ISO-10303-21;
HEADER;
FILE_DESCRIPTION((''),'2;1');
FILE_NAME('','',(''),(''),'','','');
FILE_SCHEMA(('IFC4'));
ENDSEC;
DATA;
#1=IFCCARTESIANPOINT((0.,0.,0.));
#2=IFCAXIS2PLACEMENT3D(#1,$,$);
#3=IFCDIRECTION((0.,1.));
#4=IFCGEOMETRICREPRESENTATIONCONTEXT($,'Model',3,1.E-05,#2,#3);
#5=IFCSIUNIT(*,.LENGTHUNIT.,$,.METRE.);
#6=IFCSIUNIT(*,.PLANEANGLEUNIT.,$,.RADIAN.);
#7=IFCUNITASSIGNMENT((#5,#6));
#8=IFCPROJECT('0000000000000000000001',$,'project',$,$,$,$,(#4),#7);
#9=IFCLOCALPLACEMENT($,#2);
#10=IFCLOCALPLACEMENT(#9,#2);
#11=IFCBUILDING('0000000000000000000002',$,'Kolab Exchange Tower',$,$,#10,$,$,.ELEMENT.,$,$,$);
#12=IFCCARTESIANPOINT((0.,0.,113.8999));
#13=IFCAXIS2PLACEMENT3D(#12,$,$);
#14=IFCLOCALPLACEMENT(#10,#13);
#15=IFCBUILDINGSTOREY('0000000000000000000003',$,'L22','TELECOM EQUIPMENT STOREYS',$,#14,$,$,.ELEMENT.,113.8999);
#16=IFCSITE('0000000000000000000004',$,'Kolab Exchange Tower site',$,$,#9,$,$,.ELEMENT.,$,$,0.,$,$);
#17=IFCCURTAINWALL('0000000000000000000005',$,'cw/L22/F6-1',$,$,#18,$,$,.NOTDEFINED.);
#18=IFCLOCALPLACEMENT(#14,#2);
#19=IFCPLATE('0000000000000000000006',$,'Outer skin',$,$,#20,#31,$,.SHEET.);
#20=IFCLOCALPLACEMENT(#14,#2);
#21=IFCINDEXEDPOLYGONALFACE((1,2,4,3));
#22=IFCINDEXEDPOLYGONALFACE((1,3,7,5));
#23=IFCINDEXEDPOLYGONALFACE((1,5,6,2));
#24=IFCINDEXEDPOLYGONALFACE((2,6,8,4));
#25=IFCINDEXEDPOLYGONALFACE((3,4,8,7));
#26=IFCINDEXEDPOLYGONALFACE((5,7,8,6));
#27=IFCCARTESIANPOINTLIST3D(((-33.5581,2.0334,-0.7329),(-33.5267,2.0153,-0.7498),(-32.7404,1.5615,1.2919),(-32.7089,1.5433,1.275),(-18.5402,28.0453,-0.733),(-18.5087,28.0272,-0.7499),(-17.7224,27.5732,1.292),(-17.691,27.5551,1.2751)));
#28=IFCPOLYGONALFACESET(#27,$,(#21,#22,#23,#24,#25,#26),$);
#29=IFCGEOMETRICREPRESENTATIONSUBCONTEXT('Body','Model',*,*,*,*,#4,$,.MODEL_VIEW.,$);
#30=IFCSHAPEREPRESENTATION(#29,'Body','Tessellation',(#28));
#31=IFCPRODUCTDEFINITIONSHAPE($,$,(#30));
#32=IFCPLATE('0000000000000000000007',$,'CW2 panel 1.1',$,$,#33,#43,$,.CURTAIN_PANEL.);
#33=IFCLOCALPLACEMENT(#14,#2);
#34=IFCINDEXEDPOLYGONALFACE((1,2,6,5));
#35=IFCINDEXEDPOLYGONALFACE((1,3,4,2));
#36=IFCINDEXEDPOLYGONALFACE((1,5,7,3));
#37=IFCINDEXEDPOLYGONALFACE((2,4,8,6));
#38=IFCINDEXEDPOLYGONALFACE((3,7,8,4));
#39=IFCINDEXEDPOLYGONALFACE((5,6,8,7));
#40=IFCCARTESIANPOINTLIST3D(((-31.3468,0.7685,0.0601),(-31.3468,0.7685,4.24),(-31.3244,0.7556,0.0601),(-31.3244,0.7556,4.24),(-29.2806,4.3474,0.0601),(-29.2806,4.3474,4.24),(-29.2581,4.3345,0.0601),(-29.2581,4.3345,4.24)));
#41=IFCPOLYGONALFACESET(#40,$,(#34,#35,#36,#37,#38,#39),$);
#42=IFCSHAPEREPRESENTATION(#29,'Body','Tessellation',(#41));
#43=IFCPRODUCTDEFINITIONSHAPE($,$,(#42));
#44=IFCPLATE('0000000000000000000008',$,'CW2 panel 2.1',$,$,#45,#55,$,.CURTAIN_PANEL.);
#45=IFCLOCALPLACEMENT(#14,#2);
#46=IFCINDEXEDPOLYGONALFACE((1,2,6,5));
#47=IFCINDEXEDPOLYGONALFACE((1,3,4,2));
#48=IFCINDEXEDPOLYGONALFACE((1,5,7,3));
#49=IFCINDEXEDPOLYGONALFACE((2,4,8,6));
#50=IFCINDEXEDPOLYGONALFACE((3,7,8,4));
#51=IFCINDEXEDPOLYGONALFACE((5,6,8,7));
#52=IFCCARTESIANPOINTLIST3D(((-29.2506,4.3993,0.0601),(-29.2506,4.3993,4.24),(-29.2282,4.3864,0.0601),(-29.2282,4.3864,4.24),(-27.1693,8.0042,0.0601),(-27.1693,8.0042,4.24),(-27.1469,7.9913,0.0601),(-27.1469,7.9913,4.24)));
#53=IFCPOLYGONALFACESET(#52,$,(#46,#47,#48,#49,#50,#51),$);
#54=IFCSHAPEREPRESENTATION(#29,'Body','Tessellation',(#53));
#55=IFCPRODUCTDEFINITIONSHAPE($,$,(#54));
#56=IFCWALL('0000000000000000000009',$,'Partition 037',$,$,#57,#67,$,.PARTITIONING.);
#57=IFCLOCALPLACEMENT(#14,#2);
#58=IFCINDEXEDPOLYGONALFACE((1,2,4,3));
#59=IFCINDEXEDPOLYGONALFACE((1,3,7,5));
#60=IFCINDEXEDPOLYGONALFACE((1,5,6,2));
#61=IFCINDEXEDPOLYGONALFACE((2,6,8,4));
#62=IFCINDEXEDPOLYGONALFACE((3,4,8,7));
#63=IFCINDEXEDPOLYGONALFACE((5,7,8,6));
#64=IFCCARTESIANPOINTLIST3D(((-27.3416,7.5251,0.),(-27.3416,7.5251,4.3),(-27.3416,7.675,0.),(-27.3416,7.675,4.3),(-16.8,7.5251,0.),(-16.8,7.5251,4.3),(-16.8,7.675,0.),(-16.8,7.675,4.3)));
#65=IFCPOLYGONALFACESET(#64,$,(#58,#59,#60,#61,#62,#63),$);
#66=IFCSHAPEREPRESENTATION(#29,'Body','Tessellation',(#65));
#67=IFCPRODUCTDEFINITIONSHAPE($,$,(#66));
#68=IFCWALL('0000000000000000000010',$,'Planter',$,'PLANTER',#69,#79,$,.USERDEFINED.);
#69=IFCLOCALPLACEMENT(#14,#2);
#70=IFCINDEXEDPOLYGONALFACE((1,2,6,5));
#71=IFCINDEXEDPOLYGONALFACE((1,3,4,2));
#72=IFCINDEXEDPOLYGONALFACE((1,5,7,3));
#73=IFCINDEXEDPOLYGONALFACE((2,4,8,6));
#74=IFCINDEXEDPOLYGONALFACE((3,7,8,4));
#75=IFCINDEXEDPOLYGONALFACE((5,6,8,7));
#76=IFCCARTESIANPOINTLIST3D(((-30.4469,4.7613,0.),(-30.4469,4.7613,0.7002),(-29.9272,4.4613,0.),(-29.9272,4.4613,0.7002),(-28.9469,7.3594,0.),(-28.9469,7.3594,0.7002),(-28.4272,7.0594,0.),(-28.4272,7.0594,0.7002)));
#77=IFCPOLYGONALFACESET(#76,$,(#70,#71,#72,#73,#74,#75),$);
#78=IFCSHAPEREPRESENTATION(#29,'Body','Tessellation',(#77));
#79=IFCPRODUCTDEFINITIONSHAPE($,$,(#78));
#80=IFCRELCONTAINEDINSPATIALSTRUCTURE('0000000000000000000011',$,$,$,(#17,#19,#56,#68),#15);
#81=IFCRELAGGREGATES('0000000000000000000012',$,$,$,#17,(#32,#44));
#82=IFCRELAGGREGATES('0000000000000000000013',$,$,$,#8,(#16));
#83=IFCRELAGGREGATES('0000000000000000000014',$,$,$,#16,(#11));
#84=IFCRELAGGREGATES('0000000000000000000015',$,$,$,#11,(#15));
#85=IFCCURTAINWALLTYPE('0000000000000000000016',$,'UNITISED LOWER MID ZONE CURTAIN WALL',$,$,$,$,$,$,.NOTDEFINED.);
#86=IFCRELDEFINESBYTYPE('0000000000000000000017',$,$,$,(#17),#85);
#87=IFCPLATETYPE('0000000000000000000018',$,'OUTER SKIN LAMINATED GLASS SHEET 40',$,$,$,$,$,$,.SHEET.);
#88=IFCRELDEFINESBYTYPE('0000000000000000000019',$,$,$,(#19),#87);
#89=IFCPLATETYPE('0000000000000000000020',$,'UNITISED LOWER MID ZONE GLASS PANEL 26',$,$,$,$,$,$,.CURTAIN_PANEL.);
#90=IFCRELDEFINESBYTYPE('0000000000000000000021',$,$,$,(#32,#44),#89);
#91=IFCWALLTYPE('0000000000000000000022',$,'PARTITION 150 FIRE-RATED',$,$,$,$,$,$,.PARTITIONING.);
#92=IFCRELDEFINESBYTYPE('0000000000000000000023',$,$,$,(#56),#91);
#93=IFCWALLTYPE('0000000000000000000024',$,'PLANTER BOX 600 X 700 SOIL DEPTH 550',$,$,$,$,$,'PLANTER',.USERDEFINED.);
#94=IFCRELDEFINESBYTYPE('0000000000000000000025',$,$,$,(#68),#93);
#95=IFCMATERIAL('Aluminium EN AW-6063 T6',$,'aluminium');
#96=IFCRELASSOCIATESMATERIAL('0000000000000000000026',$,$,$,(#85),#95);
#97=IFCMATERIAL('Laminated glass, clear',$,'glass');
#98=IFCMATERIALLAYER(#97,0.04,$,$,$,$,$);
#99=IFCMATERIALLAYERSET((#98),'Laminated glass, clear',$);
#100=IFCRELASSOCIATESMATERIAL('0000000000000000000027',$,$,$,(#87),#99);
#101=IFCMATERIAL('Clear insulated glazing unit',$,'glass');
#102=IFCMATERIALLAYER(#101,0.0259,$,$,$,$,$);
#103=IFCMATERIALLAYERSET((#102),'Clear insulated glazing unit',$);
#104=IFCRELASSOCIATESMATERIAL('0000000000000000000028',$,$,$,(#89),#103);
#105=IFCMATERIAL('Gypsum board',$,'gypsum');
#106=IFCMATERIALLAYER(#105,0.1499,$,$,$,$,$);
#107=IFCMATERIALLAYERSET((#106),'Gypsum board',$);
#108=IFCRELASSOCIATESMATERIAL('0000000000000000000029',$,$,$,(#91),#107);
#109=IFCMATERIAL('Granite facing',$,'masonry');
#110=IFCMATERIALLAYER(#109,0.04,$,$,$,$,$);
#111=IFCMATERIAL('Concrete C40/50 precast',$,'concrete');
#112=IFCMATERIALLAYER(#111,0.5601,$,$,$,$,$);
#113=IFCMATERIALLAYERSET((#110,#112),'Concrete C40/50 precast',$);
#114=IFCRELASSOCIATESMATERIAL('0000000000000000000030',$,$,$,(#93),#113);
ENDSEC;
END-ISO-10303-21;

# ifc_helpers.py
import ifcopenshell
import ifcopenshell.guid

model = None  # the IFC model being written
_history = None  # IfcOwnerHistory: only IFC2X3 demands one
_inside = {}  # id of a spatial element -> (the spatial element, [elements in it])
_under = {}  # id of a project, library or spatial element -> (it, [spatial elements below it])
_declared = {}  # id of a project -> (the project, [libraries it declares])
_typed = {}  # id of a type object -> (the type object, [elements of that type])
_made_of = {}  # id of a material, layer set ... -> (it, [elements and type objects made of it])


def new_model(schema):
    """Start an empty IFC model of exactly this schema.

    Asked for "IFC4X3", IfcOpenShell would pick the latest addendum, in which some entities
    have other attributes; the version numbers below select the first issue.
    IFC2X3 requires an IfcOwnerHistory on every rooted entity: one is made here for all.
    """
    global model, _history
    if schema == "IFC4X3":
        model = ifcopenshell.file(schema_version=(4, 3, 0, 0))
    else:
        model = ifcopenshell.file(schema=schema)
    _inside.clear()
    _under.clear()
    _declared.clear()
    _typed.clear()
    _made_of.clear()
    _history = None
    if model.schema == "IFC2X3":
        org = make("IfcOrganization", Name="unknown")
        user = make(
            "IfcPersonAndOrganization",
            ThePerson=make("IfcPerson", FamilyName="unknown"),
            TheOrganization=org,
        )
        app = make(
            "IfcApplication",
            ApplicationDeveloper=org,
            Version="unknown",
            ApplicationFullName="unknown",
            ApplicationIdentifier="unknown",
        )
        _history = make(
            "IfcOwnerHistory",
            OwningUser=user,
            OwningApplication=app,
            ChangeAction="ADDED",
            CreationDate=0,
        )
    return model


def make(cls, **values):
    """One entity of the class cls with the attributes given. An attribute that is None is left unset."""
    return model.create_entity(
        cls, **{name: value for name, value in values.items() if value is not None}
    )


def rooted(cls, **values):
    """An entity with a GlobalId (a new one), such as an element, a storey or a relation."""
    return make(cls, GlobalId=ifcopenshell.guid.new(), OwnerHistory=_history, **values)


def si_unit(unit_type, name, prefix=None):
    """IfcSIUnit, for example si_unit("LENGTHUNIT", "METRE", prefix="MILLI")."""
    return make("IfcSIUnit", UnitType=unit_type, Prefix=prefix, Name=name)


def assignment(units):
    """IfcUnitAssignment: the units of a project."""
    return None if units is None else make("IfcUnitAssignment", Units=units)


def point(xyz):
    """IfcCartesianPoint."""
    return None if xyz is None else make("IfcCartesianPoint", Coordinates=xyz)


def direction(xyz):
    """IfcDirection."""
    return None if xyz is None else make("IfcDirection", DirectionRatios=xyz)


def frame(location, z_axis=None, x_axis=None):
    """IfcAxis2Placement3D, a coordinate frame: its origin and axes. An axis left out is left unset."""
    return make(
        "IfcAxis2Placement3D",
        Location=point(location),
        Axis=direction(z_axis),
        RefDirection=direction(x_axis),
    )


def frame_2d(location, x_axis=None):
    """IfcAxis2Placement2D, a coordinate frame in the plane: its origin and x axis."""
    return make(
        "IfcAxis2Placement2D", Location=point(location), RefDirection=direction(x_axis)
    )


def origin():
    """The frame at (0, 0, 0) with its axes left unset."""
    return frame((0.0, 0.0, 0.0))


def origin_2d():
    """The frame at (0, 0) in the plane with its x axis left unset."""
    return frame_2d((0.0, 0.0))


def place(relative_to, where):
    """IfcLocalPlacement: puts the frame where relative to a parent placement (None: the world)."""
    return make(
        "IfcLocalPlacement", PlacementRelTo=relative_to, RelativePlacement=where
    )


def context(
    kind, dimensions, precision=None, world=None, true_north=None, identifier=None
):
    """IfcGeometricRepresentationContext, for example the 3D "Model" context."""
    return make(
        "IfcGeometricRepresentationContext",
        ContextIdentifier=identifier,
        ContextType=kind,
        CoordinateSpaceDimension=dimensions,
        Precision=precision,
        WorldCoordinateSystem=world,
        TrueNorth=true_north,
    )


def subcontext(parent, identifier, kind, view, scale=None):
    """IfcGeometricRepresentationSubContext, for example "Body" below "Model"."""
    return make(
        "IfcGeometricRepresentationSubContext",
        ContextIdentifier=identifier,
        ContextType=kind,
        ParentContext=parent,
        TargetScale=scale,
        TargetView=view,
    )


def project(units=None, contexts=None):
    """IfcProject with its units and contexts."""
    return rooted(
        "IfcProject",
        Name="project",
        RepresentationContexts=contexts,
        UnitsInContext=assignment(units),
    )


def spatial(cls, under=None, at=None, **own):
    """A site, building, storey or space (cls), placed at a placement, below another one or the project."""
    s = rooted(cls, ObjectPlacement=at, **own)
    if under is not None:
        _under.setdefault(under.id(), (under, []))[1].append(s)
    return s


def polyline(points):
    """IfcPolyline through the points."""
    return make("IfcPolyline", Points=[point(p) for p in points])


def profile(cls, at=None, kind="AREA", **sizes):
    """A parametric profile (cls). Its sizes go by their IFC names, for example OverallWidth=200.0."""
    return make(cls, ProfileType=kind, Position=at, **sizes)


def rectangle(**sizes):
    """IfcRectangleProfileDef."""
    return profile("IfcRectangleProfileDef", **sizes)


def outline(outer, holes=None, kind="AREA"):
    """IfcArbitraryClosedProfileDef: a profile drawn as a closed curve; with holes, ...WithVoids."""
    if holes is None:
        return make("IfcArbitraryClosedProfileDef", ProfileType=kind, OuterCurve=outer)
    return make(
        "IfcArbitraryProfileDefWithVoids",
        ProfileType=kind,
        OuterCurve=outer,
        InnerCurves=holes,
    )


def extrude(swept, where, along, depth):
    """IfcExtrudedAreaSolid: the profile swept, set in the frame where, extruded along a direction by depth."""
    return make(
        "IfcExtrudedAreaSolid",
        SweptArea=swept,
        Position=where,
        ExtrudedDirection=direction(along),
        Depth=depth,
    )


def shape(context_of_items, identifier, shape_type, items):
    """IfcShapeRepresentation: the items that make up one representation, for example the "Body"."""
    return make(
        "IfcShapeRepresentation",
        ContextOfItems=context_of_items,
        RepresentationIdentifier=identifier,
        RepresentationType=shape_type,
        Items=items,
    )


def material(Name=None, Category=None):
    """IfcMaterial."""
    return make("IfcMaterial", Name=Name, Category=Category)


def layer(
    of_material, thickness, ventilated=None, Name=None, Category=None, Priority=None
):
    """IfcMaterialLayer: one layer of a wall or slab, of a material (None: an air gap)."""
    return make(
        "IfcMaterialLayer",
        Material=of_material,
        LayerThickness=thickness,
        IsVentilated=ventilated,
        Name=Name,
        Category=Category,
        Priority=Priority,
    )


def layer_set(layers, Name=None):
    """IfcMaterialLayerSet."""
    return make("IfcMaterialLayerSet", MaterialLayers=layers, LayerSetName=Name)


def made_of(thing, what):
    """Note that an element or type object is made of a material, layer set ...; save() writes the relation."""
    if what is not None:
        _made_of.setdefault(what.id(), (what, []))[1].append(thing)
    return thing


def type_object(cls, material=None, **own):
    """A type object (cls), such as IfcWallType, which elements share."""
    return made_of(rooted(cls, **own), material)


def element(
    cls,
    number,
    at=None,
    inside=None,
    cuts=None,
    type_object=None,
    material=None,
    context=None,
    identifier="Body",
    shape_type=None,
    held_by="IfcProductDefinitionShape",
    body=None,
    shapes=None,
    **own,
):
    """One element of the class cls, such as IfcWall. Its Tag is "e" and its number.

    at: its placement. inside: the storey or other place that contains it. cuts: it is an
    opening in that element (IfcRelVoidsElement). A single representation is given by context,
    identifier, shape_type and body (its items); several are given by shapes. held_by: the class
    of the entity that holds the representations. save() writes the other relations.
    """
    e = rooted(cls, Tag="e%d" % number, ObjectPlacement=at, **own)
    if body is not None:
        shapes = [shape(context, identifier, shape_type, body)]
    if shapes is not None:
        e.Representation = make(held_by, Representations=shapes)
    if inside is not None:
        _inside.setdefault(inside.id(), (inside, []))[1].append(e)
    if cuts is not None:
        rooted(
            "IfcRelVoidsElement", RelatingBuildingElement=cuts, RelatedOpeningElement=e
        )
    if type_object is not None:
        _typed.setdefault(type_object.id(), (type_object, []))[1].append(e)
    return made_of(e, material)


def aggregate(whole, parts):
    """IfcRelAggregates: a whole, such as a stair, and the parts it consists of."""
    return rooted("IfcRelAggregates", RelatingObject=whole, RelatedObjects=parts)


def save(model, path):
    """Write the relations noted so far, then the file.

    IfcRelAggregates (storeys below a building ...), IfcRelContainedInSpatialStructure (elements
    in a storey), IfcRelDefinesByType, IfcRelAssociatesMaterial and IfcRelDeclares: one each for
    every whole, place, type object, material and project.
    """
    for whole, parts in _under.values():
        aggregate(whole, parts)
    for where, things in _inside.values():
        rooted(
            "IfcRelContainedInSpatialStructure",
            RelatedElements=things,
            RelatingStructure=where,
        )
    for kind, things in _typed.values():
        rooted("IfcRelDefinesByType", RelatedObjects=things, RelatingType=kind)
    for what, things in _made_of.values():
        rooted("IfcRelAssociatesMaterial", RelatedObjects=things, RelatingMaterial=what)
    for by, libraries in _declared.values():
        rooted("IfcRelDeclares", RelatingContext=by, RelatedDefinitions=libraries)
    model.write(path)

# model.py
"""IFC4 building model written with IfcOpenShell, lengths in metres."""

from ifc_helpers import new_model, si_unit, direction, frame, frame_2d, origin, origin_2d, place, context, subcontext, project, spatial, polyline, rectangle, outline, extrude, material, layer, layer_set, type_object, element, aggregate, save


model = new_model("IFC4")

# Units and contexts
model_context = context("Model", 3, precision=1e-05, world=origin(), true_north=direction((0.0, 1.0)))
body_context = subcontext(model_context, "Body", "Model", "MODEL_VIEW")
ifc_project = project(units=[si_unit("LENGTHUNIT", "METRE"), si_unit("PLANEANGLEUNIT", "RADIAN")], contexts=[model_context])

# Site, building, storey
site_placement = place(None, origin())
site = spatial("IfcSite", under=ifc_project, at=site_placement, Name="Kolab Exchange Tower site", CompositionType="ELEMENT", RefElevation=0.0)
building_placement = place(site_placement, origin())
building = spatial("IfcBuilding", under=site, at=building_placement, Name="Kolab Exchange Tower", CompositionType="ELEMENT")
storey_placement = place(building_placement, frame((0.0, 0.0, 113.8999)))
storey = spatial("IfcBuildingStorey", under=building, at=storey_placement, Name="L22", Description="TELECOM EQUIPMENT STOREYS", CompositionType="ELEMENT", Elevation=113.8999)

# Curtain wall
ifc_material_1 = material(Name="Aluminium EN AW-6063 T6", Category="aluminium")
curtain_wall_type = type_object("IfcCurtainWallType", Name="UNITISED LOWER MID ZONE CURTAIN WALL", PredefinedType="NOTDEFINED", material=ifc_material_1)
curtain_wall_1_placement = place(storey_placement, origin())
curtain_wall_1 = element("IfcCurtainWall", 1, at=curtain_wall_1_placement, inside=storey, type_object=curtain_wall_type, Name="cw/L22/F6-1", PredefinedType="NOTDEFINED")

# Plates
ifc_material_2 = material(Name="Laminated glass, clear", Category="glass")
ifc_layer_1 = layer(ifc_material_2, 0.04)
ifc_layer_set_1 = layer_set([ifc_layer_1], Name="Laminated glass, clear")
plate_type_1 = type_object("IfcPlateType", Name="OUTER SKIN LAMINATED GLASS SHEET 40", PredefinedType="SHEET", material=ifc_layer_set_1)
plate_1_placement = place(storey_placement, frame((-33.5581, 2.0334, -0.7329), z_axis=(-0.784887, 0.453155, 0.422613), x_axis=(0.499999, 0.866026, -0.000002)))
element("IfcPlate", 2, at=plate_1_placement, inside=storey, type_object=plate_type_1, Name="Outer skin", PredefinedType="SHEET", context=body_context, shape_type="SweptSolid", body=[
    extrude(outline(polyline([(0.0, 0.0), (30.0359, 0.0), (30.036, -2.2343), (0.0001, -2.2342), (0.0, 0.0)])), origin(), (0.0, 0.0, -1.0), 0.04),
])
ifc_material_3 = material(Name="Clear insulated glazing unit", Category="glass")
ifc_layer_2 = layer(ifc_material_3, 0.0259)
ifc_layer_set_2 = layer_set([ifc_layer_2], Name="Clear insulated glazing unit")
plate_type_2 = type_object("IfcPlateType", Name="UNITISED LOWER MID ZONE GLASS PANEL 26", PredefinedType="CURTAIN_PANEL", material=ifc_layer_set_2)
plate_2_placement = place(storey_placement, frame((-30.3025, 2.5515, 0.0601), z_axis=(0.0, 0.0, 1.0), x_axis=(0.5, 0.866025, 0.0)))
plate_2 = element("IfcPlate", 3, at=plate_2_placement, type_object=plate_type_2, Name="CW2 panel 1.1", PredefinedType="CURTAIN_PANEL", context=body_context, shape_type="SweptSolid", body=[
    extrude(rectangle(XDim=4.1326, YDim=0.0259, at=origin_2d()), origin(), (0.0, 0.0, 1.0), 4.1799),
])
plate_3_placement = place(storey_placement, frame((-28.1987, 6.1953, 0.0601), z_axis=(0.0, 0.0, 1.0), x_axis=(0.5, 0.866025, 0.0)))
plate_3 = element("IfcPlate", 4, at=plate_3_placement, type_object=plate_type_2, Name="CW2 panel 2.1", PredefinedType="CURTAIN_PANEL", context=body_context, shape_type="SweptSolid", body=[
    extrude(rectangle(XDim=4.1626, YDim=0.0259, at=origin_2d()), origin(), (0.0, 0.0, 1.0), 4.1799),
])
aggregate(curtain_wall_1, [plate_2, plate_3])

# Walls
ifc_material_4 = material(Name="Gypsum board", Category="gypsum")
ifc_layer_3 = layer(ifc_material_4, 0.1499)
ifc_layer_set_3 = layer_set([ifc_layer_3], Name="Gypsum board")
wall_type_1 = type_object("IfcWallType", Name="PARTITION 150 FIRE-RATED", PredefinedType="PARTITIONING", material=ifc_layer_set_3)
wall_1_placement = place(storey_placement, frame((-27.3416, 7.6001, 0.0), z_axis=(0.0, 0.0, 1.0), x_axis=(1.0, 0.0, 0.0)))
element("IfcWall", 5, at=wall_1_placement, inside=storey, type_object=wall_type_1, Name="Partition 037", PredefinedType="PARTITIONING", context=body_context, shape_type="SweptSolid", body=[
    extrude(rectangle(XDim=10.5415, YDim=0.1499, at=frame_2d((5.2708, 0.0))), origin(), (0.0, 0.0, 1.0), 4.3),
])
ifc_material_5 = material(Name="Granite facing", Category="masonry")
ifc_layer_4 = layer(ifc_material_5, 0.04)
ifc_material_6 = material(Name="Concrete C40/50 precast", Category="concrete")
ifc_layer_5 = layer(ifc_material_6, 0.5601)
ifc_layer_set_4 = layer_set([ifc_layer_4, ifc_layer_5], Name="Concrete C40/50 precast")
wall_type_2 = type_object("IfcWallType", Name="PLANTER BOX 600 X 700 SOIL DEPTH 550", ElementType="PLANTER", PredefinedType="USERDEFINED", material=ifc_layer_set_4)
wall_2_placement = place(storey_placement, frame((-30.187, 4.6113, 0.0), z_axis=(0.0, 0.0, 1.0), x_axis=(0.49999, 0.866031, 0.0)))
element("IfcWall", 6, at=wall_2_placement, inside=storey, type_object=wall_type_2, Name="Planter", ObjectType="PLANTER", PredefinedType="USERDEFINED", context=body_context, shape_type="SweptSolid", body=[
    extrude(rectangle(XDim=3.0, YDim=0.6001, at=frame_2d((1.5, 0.0))), origin(), (0.0, 0.0, 1.0), 0.7002),
])

save(model, "model.ifc")
